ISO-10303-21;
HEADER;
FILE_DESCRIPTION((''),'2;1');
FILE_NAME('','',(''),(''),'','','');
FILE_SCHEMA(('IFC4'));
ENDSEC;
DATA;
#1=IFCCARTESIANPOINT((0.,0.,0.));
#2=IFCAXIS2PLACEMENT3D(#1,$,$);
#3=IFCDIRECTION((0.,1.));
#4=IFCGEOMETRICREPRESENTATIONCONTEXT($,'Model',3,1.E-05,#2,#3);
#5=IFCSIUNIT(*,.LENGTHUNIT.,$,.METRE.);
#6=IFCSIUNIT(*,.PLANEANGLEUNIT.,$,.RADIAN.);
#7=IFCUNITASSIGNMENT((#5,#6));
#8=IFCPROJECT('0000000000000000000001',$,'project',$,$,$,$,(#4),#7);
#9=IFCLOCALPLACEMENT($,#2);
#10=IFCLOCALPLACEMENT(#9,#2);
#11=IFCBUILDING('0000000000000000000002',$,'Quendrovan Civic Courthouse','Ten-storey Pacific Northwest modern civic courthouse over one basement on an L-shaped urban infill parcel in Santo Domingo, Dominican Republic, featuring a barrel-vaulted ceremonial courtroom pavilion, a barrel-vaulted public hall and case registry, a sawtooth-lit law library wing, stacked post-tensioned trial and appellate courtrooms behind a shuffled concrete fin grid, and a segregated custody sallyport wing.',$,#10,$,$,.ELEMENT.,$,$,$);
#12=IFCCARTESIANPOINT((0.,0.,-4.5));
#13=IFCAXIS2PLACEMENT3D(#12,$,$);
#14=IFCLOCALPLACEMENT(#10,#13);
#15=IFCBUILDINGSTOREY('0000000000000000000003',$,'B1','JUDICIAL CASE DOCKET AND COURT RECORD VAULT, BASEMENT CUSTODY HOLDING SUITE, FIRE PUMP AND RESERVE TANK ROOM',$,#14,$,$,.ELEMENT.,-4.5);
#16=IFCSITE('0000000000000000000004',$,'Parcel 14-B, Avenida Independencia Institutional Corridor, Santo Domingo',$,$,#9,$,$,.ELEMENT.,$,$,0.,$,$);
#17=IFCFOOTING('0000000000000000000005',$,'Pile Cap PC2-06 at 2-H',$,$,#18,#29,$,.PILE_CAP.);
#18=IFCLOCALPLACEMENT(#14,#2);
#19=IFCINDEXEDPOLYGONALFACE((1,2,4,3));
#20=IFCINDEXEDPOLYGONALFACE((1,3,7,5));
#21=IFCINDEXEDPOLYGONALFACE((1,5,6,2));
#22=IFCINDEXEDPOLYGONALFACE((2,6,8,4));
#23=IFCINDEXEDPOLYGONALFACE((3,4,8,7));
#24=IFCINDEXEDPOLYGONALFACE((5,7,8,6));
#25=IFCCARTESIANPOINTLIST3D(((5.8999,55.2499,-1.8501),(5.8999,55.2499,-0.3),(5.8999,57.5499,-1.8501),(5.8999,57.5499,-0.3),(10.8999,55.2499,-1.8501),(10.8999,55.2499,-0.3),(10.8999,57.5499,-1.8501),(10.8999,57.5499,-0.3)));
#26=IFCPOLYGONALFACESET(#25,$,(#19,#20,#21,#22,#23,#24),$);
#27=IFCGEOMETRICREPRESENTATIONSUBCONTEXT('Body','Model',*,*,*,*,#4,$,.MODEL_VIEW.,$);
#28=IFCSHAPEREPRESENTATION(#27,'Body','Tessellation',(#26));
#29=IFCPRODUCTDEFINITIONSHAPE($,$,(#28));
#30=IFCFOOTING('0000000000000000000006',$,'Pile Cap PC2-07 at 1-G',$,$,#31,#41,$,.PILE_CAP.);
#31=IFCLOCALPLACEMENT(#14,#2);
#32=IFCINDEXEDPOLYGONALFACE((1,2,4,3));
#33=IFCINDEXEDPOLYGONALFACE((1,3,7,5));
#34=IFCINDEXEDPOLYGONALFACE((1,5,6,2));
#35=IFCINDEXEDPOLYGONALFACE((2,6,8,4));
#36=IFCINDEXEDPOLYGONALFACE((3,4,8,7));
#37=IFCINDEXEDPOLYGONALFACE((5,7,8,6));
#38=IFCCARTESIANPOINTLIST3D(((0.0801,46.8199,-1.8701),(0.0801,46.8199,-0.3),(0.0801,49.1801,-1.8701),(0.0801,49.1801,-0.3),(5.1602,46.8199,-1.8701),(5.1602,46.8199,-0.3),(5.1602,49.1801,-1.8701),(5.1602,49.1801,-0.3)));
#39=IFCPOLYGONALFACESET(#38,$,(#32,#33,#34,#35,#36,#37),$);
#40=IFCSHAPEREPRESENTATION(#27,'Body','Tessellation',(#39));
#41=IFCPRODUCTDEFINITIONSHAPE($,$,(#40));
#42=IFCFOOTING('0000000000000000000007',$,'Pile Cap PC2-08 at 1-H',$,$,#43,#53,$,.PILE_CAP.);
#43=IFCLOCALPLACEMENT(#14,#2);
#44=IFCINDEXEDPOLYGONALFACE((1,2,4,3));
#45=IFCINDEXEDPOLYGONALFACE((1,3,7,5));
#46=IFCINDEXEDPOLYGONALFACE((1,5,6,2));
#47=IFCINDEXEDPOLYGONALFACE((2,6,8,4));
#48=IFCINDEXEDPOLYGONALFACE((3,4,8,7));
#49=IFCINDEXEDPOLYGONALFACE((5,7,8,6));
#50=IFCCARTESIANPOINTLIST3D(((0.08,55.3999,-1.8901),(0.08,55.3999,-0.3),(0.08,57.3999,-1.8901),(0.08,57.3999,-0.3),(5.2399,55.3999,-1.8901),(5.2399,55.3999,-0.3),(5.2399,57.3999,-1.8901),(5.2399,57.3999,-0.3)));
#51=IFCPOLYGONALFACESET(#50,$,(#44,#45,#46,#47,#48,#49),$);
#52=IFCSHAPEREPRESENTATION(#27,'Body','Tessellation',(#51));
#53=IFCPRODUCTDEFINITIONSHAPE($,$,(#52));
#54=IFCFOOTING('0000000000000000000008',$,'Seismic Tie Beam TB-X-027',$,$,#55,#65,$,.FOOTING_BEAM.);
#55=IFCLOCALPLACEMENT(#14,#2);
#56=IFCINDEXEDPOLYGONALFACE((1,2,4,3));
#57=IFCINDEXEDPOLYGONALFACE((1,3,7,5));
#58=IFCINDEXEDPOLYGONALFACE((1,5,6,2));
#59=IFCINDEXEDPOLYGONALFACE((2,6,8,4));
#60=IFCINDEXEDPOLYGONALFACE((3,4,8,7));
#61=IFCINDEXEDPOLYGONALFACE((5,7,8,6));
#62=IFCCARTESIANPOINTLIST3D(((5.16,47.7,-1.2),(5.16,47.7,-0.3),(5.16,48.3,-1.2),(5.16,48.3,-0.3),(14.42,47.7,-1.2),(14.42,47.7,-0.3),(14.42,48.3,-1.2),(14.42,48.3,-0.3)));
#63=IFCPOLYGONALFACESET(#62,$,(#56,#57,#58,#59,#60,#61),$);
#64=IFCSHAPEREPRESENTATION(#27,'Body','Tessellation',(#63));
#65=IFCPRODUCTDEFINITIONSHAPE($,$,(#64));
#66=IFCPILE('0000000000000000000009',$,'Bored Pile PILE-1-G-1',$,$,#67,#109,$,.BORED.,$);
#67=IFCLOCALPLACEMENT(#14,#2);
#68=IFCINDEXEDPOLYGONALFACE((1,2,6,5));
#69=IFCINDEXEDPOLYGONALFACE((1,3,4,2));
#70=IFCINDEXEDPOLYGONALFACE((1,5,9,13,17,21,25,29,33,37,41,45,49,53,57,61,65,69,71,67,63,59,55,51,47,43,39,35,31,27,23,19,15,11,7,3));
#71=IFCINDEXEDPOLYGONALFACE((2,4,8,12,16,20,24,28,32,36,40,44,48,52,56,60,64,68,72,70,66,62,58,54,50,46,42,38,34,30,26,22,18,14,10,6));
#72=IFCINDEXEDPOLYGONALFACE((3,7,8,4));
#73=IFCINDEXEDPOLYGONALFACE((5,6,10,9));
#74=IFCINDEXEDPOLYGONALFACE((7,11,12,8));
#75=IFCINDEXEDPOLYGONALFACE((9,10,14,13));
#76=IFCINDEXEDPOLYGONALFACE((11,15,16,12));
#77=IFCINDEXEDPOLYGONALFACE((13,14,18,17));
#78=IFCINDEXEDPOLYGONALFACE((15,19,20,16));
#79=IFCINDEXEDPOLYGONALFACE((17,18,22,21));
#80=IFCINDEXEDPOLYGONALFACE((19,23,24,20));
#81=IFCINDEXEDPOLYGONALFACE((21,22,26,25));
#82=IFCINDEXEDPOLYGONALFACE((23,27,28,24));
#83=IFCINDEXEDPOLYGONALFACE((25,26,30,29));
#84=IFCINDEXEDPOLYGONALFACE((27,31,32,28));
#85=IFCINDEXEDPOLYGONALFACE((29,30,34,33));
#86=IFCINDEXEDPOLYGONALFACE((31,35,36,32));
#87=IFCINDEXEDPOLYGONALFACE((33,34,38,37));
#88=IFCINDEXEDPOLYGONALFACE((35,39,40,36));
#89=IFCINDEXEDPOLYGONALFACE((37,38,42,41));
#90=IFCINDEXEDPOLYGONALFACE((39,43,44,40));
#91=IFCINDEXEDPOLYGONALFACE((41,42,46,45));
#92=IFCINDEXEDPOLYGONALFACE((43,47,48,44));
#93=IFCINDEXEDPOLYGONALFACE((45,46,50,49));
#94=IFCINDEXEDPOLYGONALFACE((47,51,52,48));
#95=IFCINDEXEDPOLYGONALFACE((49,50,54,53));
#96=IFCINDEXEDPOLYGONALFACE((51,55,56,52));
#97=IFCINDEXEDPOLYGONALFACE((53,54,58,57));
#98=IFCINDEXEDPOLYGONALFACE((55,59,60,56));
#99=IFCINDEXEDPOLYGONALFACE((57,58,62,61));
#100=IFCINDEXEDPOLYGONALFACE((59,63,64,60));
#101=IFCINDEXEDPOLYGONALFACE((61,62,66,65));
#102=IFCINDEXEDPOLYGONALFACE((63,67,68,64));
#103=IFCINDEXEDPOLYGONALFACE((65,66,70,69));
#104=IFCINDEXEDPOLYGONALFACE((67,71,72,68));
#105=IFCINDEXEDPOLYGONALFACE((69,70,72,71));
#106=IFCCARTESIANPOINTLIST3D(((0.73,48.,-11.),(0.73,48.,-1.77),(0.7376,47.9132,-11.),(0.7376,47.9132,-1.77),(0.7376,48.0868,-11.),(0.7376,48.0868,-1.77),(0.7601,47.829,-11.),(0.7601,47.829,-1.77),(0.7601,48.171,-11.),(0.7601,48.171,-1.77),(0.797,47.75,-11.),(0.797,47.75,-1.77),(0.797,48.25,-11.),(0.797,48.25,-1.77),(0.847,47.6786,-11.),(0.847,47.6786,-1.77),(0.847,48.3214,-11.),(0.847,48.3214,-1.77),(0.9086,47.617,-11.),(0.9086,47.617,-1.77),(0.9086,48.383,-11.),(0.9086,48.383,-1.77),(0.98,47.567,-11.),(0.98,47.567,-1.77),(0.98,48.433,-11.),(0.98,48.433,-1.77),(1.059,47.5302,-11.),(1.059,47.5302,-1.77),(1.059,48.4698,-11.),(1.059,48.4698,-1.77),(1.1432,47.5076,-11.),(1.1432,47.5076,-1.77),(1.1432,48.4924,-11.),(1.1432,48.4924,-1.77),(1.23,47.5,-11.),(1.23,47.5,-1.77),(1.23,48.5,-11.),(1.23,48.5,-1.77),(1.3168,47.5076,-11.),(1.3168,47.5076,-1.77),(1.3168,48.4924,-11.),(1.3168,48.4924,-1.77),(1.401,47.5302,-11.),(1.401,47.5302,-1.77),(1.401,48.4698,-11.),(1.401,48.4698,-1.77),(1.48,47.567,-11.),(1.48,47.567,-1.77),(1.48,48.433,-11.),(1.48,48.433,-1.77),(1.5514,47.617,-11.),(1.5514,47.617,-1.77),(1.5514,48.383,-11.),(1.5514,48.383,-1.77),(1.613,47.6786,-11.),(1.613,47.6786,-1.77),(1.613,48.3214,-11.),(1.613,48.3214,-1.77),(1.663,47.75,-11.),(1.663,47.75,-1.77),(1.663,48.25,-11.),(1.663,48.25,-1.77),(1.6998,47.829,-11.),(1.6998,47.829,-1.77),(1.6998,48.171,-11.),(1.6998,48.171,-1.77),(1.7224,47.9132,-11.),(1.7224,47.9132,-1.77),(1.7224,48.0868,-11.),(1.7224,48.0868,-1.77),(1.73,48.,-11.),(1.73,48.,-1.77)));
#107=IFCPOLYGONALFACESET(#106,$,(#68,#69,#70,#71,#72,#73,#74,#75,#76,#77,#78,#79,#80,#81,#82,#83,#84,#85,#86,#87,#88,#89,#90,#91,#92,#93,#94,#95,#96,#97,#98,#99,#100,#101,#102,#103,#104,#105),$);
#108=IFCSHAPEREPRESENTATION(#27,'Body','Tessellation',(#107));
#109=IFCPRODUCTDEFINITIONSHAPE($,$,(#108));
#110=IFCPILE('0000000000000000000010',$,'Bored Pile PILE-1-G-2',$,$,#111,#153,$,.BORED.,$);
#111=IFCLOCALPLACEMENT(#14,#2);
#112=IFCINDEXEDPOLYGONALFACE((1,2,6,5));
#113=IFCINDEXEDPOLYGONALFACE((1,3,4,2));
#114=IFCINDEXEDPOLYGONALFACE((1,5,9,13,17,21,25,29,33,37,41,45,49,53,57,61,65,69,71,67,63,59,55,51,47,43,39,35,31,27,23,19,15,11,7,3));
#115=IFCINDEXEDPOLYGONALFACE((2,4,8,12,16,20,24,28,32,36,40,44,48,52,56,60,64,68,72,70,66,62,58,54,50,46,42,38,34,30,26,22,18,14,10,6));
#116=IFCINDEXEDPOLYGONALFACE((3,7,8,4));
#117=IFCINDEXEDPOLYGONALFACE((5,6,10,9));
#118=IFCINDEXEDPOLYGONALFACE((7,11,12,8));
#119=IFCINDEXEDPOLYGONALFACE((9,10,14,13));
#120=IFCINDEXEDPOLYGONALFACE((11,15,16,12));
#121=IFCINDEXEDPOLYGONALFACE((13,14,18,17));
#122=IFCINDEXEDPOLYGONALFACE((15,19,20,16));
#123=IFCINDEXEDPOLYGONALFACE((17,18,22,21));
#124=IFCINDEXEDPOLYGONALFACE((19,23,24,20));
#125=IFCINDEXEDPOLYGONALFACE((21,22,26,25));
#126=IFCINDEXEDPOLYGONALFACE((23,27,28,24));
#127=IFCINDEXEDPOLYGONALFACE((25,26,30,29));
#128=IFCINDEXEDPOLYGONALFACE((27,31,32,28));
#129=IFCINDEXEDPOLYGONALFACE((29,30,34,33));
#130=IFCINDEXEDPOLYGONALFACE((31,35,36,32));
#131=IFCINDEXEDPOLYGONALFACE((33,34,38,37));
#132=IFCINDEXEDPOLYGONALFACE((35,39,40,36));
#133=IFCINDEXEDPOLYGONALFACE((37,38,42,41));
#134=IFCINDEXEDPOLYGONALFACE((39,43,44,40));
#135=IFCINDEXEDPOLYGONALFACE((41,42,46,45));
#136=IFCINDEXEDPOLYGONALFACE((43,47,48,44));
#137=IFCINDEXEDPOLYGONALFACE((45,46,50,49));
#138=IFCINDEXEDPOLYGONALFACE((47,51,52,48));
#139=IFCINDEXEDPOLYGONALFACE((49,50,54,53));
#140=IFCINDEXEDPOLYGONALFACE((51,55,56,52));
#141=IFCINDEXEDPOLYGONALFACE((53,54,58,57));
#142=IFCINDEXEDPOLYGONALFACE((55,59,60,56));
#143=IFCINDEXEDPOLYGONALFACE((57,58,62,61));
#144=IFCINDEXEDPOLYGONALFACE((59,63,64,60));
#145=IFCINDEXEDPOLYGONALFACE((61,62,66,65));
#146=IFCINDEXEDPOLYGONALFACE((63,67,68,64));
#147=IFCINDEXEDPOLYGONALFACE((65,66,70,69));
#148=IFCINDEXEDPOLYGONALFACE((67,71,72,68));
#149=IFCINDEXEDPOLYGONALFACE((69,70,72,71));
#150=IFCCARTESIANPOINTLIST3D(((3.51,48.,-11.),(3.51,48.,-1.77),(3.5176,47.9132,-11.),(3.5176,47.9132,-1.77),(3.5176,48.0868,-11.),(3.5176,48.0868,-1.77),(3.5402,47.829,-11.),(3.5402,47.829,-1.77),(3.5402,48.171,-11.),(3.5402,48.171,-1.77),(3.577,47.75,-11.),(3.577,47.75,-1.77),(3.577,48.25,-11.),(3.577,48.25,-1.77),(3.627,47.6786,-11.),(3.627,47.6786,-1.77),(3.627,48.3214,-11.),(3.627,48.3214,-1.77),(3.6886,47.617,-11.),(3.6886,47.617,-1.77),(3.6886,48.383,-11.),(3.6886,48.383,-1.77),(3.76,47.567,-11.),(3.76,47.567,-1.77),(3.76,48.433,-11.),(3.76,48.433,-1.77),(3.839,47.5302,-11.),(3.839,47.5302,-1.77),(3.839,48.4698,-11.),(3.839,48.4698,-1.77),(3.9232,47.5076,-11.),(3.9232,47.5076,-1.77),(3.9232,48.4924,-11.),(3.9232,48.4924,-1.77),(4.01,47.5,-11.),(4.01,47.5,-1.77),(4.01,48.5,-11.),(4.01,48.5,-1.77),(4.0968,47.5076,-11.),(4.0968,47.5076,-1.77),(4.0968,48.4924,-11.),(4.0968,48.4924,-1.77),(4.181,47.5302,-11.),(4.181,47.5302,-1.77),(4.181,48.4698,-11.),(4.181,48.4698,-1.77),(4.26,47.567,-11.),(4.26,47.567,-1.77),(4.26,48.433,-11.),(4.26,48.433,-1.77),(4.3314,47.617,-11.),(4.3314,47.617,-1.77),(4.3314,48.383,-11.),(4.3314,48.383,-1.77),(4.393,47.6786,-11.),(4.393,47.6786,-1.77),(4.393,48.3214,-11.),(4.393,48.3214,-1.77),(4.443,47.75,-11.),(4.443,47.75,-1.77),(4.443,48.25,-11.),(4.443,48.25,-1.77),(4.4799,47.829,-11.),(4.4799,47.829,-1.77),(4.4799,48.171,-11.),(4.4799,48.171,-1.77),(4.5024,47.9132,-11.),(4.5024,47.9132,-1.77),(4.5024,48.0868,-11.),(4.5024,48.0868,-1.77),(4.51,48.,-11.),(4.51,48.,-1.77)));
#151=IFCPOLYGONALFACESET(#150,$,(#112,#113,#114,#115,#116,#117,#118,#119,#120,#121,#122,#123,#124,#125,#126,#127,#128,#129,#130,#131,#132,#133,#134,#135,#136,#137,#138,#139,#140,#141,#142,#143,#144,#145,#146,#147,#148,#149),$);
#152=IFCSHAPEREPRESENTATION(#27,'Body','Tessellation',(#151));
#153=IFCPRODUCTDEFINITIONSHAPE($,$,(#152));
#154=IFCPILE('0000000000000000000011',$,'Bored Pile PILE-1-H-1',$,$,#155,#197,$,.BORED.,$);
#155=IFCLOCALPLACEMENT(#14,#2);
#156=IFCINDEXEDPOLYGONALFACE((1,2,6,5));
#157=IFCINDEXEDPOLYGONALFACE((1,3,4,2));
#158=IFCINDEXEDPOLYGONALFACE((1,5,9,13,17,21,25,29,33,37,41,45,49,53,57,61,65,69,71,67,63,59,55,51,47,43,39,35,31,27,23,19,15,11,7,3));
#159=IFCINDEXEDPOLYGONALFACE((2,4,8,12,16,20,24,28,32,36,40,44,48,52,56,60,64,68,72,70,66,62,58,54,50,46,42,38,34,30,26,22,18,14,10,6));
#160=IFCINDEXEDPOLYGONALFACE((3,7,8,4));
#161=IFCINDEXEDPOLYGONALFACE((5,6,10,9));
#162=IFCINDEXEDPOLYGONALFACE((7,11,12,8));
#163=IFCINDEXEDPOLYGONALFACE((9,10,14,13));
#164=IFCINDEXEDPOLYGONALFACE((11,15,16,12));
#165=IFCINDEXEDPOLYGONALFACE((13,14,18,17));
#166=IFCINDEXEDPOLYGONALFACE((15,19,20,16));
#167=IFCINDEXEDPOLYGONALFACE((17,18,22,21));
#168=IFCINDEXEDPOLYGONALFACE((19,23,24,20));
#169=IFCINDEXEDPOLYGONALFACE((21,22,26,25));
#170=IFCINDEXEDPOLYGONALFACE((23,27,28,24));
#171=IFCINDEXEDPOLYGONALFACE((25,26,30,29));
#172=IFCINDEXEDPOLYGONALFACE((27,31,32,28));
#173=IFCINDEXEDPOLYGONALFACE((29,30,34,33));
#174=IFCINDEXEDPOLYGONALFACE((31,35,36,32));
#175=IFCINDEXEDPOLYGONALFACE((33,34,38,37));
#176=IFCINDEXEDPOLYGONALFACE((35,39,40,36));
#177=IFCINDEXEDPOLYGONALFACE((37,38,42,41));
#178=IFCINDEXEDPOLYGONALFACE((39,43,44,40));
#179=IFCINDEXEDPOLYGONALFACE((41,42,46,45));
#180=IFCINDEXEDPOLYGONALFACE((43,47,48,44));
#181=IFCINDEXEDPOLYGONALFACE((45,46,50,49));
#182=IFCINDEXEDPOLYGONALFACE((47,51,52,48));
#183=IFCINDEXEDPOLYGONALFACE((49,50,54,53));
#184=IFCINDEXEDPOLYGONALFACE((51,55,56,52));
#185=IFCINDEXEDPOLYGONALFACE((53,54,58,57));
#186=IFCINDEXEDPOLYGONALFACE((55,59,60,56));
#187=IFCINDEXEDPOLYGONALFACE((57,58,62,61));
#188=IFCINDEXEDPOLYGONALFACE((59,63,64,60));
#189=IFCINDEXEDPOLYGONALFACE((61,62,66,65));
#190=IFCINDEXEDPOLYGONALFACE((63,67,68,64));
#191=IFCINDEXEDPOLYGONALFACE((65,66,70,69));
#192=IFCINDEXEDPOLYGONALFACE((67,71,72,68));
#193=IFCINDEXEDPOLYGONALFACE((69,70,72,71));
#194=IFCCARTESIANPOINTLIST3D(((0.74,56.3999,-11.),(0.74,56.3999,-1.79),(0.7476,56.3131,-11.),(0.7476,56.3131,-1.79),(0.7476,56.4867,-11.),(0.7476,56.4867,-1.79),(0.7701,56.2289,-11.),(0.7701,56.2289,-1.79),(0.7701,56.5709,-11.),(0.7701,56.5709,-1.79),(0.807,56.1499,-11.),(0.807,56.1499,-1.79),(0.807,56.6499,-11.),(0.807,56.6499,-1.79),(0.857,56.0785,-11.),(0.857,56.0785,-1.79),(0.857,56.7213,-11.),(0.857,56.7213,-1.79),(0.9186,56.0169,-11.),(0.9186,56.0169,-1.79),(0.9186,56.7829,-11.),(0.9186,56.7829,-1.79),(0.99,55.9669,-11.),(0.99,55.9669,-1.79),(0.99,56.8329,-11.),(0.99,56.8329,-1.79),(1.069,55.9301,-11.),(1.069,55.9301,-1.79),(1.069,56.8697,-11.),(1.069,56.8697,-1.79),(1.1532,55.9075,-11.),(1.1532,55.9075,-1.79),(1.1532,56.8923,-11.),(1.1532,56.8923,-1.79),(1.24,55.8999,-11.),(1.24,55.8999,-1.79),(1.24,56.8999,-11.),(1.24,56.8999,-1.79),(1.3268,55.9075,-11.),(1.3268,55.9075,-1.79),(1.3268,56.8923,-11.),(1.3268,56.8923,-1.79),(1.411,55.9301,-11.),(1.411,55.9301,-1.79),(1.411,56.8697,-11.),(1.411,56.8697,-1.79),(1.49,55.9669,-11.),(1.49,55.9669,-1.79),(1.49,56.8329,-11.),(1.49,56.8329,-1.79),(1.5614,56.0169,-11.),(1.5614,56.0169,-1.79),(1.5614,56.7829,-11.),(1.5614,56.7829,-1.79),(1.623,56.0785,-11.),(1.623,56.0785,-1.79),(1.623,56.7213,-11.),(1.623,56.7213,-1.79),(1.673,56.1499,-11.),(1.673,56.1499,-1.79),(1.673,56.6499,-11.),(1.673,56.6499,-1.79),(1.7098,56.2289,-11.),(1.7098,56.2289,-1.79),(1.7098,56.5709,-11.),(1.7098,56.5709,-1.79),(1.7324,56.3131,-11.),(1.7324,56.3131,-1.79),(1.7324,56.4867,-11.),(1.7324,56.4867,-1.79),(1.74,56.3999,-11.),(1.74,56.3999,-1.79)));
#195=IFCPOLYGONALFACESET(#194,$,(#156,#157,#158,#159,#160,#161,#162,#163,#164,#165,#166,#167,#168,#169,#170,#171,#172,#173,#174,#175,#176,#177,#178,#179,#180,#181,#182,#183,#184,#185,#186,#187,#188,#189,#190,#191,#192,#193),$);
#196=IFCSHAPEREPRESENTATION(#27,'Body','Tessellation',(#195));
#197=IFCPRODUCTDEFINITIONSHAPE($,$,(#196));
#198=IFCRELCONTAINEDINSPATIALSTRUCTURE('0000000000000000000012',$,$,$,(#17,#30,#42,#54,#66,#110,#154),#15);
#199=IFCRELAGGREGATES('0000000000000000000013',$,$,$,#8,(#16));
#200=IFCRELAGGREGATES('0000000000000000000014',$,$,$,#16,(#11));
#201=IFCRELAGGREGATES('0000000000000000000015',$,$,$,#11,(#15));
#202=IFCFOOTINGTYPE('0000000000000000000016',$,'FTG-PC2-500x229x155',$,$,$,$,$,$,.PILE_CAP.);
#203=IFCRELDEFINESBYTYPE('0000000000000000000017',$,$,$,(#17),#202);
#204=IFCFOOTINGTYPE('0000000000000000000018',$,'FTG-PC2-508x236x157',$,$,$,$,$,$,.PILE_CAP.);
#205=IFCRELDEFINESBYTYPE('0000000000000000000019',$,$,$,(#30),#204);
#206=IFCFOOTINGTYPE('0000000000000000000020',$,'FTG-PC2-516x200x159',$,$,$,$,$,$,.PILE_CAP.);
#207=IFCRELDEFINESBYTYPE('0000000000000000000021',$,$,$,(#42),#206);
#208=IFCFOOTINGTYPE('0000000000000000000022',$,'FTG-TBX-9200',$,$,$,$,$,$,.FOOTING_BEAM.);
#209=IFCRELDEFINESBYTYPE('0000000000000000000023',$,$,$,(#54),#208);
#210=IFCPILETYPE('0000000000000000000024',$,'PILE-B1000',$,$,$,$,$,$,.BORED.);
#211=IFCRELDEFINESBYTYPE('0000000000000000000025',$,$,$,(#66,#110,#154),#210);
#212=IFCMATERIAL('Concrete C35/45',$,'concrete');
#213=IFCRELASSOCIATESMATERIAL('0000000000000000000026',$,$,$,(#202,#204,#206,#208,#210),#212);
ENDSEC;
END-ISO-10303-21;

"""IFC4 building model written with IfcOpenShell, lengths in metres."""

from ifc_helpers import new_model, si_unit, direction, frame, origin, origin_2d, place, context, subcontext, project, spatial, rectangle, circle, extrude, material, material_profile, profile_set, type_object, element, save


model = new_model("IFC4")

# Units and contexts
model_context = context("Model", 3, precision=1e-05, world=origin(), true_north=direction((0.0, 1.0)))
body_context = subcontext(model_context, "Body", "Model", "MODEL_VIEW")
ifc_project = project(units=[si_unit("LENGTHUNIT", "METRE"), si_unit("PLANEANGLEUNIT", "RADIAN")], contexts=[model_context])

# Site, building, storey
site_placement = place(None, origin())
site = spatial("IfcSite", under=ifc_project, at=site_placement, Name="Parcel 14-B, Avenida Independencia Institutional Corridor, Santo Domingo", CompositionType="ELEMENT", RefElevation=0.0)
building_placement = place(site_placement, origin())
building = spatial("IfcBuilding", under=site, at=building_placement, Name="Quendrovan Civic Courthouse", Description="Ten-storey Pacific Northwest modern civic courthouse over one basement on an L-shaped urban infill parcel in Santo Domingo, Dominican Republic, featuring a barrel-vaulted ceremonial courtroom pavilion, a barrel-vaulted public hall and case registry, a sawtooth-lit law library wing, stacked post-tensioned trial and appellate courtrooms behind a shuffled concrete fin grid, and a segregated custody sallyport wing.", CompositionType="ELEMENT")
storey_placement = place(building_placement, frame((0.0, 0.0, -4.5)))
storey = spatial("IfcBuildingStorey", under=building, at=storey_placement, Name="B1", Description="JUDICIAL CASE DOCKET AND COURT RECORD VAULT, BASEMENT CUSTODY HOLDING SUITE, FIRE PUMP AND RESERVE TANK ROOM", CompositionType="ELEMENT", Elevation=-4.5)

# Footings
ifc_material_1 = material(Name="Concrete C35/45", Category="concrete")
footing_type_1 = type_object("IfcFootingType", Name="FTG-PC2-500x229x155", PredefinedType="PILE_CAP", material=ifc_material_1)
footing_1_placement = place(storey_placement, frame((8.3999, 56.3999, -1.8501), z_axis=(0.0, 0.0, 1.0), x_axis=(1.0, 0.0, 0.0)))
element("IfcFooting", 1, at=footing_1_placement, inside=storey, type_object=footing_type_1, Name="Pile Cap PC2-06 at 2-H", PredefinedType="PILE_CAP", context=body_context, shape_type="SweptSolid", body=[
    extrude(rectangle(XDim=5.0, YDim=2.3, at=origin_2d()), origin(), (0.0, 0.0, 1.0), 1.55),
])
footing_type_2 = type_object("IfcFootingType", Name="FTG-PC2-508x236x157", PredefinedType="PILE_CAP", material=ifc_material_1)
footing_2_placement = place(storey_placement, frame((2.6201, 48.0, -1.8701), z_axis=(0.0, 0.0, 1.0), x_axis=(1.0, 0.0, 0.0)))
element("IfcFooting", 2, at=footing_2_placement, inside=storey, type_object=footing_type_2, Name="Pile Cap PC2-07 at 1-G", PredefinedType="PILE_CAP", context=body_context, shape_type="SweptSolid", body=[
    extrude(rectangle(XDim=5.0801, YDim=2.3601, at=origin_2d()), origin(), (0.0, 0.0, 1.0), 1.5701),
])
footing_type_3 = type_object("IfcFootingType", Name="FTG-PC2-516x200x159", PredefinedType="PILE_CAP", material=ifc_material_1)
footing_3_placement = place(storey_placement, frame((2.6599, 56.3999, -1.8901), z_axis=(0.0, 0.0, 1.0), x_axis=(1.0, 0.0, 0.0)))
element("IfcFooting", 3, at=footing_3_placement, inside=storey, type_object=footing_type_3, Name="Pile Cap PC2-08 at 1-H", PredefinedType="PILE_CAP", context=body_context, shape_type="SweptSolid", body=[
    extrude(rectangle(XDim=5.1599, YDim=2.0, at=origin_2d()), origin(), (0.0, 0.0, 1.0), 1.5901),
])
footing_type_4 = type_object("IfcFootingType", Name="FTG-TBX-9200", PredefinedType="FOOTING_BEAM", material=ifc_material_1)
footing_4_placement = place(storey_placement, frame((9.79, 48.0, -1.2), z_axis=(0.0, 0.0, 1.0), x_axis=(1.0, 0.0, 0.0)))
element("IfcFooting", 4, at=footing_4_placement, inside=storey, type_object=footing_type_4, Name="Seismic Tie Beam TB-X-027", PredefinedType="FOOTING_BEAM", context=body_context, shape_type="SweptSolid", body=[
    extrude(rectangle(XDim=9.26, YDim=0.6001, at=origin_2d()), origin(), (0.0, 0.0, 1.0), 0.8999),
])

# Piles
ifc_material_profile_1 = material_profile(ifc_material_1, circle(Radius=0.5, at=origin_2d()), Name="PILE-D1000")
ifc_profile_set_1 = profile_set([ifc_material_profile_1], Name="Concrete C35/45")
pile_type = type_object("IfcPileType", Name="PILE-B1000", PredefinedType="BORED", material=ifc_profile_set_1)
for number, where, z_axis, x_axis, name in (
    (5, (1.23, 48.0, -1.77), (0.0, 0.0, -1.0), (1.0, 0.0, 0.0), "Bored Pile PILE-1-G-1"),
    (6, (4.01, 48.0, -1.77), (0.0, 0.0, -1.0), (1.0, 0.0, 0.0), "Bored Pile PILE-1-G-2"),
):
    element("IfcPile", number, at=place(storey_placement, frame(where, z_axis=z_axis, x_axis=x_axis)), inside=storey, type_object=pile_type, Name=name, PredefinedType="BORED", context=body_context, shape_type="SweptSolid", body=[
        extrude(circle(Radius=0.5, at=origin_2d()), origin(), (0.0, 0.0, 1.0), 9.23),
    ])
for number, where, z_axis, x_axis, name in (
    (7, (1.24, 56.3999, -1.79), (0.0, 0.0, -1.0), (1.0, 0.0, 0.0), "Bored Pile PILE-1-H-1"),
):
    element("IfcPile", number, at=place(storey_placement, frame(where, z_axis=z_axis, x_axis=x_axis)), inside=storey, type_object=pile_type, Name=name, PredefinedType="BORED", context=body_context, shape_type="SweptSolid", body=[
        extrude(circle(Radius=0.5, at=origin_2d()), origin(), (0.0, 0.0, 1.0), 9.21),
    ])

save(model, "model.ifc")
